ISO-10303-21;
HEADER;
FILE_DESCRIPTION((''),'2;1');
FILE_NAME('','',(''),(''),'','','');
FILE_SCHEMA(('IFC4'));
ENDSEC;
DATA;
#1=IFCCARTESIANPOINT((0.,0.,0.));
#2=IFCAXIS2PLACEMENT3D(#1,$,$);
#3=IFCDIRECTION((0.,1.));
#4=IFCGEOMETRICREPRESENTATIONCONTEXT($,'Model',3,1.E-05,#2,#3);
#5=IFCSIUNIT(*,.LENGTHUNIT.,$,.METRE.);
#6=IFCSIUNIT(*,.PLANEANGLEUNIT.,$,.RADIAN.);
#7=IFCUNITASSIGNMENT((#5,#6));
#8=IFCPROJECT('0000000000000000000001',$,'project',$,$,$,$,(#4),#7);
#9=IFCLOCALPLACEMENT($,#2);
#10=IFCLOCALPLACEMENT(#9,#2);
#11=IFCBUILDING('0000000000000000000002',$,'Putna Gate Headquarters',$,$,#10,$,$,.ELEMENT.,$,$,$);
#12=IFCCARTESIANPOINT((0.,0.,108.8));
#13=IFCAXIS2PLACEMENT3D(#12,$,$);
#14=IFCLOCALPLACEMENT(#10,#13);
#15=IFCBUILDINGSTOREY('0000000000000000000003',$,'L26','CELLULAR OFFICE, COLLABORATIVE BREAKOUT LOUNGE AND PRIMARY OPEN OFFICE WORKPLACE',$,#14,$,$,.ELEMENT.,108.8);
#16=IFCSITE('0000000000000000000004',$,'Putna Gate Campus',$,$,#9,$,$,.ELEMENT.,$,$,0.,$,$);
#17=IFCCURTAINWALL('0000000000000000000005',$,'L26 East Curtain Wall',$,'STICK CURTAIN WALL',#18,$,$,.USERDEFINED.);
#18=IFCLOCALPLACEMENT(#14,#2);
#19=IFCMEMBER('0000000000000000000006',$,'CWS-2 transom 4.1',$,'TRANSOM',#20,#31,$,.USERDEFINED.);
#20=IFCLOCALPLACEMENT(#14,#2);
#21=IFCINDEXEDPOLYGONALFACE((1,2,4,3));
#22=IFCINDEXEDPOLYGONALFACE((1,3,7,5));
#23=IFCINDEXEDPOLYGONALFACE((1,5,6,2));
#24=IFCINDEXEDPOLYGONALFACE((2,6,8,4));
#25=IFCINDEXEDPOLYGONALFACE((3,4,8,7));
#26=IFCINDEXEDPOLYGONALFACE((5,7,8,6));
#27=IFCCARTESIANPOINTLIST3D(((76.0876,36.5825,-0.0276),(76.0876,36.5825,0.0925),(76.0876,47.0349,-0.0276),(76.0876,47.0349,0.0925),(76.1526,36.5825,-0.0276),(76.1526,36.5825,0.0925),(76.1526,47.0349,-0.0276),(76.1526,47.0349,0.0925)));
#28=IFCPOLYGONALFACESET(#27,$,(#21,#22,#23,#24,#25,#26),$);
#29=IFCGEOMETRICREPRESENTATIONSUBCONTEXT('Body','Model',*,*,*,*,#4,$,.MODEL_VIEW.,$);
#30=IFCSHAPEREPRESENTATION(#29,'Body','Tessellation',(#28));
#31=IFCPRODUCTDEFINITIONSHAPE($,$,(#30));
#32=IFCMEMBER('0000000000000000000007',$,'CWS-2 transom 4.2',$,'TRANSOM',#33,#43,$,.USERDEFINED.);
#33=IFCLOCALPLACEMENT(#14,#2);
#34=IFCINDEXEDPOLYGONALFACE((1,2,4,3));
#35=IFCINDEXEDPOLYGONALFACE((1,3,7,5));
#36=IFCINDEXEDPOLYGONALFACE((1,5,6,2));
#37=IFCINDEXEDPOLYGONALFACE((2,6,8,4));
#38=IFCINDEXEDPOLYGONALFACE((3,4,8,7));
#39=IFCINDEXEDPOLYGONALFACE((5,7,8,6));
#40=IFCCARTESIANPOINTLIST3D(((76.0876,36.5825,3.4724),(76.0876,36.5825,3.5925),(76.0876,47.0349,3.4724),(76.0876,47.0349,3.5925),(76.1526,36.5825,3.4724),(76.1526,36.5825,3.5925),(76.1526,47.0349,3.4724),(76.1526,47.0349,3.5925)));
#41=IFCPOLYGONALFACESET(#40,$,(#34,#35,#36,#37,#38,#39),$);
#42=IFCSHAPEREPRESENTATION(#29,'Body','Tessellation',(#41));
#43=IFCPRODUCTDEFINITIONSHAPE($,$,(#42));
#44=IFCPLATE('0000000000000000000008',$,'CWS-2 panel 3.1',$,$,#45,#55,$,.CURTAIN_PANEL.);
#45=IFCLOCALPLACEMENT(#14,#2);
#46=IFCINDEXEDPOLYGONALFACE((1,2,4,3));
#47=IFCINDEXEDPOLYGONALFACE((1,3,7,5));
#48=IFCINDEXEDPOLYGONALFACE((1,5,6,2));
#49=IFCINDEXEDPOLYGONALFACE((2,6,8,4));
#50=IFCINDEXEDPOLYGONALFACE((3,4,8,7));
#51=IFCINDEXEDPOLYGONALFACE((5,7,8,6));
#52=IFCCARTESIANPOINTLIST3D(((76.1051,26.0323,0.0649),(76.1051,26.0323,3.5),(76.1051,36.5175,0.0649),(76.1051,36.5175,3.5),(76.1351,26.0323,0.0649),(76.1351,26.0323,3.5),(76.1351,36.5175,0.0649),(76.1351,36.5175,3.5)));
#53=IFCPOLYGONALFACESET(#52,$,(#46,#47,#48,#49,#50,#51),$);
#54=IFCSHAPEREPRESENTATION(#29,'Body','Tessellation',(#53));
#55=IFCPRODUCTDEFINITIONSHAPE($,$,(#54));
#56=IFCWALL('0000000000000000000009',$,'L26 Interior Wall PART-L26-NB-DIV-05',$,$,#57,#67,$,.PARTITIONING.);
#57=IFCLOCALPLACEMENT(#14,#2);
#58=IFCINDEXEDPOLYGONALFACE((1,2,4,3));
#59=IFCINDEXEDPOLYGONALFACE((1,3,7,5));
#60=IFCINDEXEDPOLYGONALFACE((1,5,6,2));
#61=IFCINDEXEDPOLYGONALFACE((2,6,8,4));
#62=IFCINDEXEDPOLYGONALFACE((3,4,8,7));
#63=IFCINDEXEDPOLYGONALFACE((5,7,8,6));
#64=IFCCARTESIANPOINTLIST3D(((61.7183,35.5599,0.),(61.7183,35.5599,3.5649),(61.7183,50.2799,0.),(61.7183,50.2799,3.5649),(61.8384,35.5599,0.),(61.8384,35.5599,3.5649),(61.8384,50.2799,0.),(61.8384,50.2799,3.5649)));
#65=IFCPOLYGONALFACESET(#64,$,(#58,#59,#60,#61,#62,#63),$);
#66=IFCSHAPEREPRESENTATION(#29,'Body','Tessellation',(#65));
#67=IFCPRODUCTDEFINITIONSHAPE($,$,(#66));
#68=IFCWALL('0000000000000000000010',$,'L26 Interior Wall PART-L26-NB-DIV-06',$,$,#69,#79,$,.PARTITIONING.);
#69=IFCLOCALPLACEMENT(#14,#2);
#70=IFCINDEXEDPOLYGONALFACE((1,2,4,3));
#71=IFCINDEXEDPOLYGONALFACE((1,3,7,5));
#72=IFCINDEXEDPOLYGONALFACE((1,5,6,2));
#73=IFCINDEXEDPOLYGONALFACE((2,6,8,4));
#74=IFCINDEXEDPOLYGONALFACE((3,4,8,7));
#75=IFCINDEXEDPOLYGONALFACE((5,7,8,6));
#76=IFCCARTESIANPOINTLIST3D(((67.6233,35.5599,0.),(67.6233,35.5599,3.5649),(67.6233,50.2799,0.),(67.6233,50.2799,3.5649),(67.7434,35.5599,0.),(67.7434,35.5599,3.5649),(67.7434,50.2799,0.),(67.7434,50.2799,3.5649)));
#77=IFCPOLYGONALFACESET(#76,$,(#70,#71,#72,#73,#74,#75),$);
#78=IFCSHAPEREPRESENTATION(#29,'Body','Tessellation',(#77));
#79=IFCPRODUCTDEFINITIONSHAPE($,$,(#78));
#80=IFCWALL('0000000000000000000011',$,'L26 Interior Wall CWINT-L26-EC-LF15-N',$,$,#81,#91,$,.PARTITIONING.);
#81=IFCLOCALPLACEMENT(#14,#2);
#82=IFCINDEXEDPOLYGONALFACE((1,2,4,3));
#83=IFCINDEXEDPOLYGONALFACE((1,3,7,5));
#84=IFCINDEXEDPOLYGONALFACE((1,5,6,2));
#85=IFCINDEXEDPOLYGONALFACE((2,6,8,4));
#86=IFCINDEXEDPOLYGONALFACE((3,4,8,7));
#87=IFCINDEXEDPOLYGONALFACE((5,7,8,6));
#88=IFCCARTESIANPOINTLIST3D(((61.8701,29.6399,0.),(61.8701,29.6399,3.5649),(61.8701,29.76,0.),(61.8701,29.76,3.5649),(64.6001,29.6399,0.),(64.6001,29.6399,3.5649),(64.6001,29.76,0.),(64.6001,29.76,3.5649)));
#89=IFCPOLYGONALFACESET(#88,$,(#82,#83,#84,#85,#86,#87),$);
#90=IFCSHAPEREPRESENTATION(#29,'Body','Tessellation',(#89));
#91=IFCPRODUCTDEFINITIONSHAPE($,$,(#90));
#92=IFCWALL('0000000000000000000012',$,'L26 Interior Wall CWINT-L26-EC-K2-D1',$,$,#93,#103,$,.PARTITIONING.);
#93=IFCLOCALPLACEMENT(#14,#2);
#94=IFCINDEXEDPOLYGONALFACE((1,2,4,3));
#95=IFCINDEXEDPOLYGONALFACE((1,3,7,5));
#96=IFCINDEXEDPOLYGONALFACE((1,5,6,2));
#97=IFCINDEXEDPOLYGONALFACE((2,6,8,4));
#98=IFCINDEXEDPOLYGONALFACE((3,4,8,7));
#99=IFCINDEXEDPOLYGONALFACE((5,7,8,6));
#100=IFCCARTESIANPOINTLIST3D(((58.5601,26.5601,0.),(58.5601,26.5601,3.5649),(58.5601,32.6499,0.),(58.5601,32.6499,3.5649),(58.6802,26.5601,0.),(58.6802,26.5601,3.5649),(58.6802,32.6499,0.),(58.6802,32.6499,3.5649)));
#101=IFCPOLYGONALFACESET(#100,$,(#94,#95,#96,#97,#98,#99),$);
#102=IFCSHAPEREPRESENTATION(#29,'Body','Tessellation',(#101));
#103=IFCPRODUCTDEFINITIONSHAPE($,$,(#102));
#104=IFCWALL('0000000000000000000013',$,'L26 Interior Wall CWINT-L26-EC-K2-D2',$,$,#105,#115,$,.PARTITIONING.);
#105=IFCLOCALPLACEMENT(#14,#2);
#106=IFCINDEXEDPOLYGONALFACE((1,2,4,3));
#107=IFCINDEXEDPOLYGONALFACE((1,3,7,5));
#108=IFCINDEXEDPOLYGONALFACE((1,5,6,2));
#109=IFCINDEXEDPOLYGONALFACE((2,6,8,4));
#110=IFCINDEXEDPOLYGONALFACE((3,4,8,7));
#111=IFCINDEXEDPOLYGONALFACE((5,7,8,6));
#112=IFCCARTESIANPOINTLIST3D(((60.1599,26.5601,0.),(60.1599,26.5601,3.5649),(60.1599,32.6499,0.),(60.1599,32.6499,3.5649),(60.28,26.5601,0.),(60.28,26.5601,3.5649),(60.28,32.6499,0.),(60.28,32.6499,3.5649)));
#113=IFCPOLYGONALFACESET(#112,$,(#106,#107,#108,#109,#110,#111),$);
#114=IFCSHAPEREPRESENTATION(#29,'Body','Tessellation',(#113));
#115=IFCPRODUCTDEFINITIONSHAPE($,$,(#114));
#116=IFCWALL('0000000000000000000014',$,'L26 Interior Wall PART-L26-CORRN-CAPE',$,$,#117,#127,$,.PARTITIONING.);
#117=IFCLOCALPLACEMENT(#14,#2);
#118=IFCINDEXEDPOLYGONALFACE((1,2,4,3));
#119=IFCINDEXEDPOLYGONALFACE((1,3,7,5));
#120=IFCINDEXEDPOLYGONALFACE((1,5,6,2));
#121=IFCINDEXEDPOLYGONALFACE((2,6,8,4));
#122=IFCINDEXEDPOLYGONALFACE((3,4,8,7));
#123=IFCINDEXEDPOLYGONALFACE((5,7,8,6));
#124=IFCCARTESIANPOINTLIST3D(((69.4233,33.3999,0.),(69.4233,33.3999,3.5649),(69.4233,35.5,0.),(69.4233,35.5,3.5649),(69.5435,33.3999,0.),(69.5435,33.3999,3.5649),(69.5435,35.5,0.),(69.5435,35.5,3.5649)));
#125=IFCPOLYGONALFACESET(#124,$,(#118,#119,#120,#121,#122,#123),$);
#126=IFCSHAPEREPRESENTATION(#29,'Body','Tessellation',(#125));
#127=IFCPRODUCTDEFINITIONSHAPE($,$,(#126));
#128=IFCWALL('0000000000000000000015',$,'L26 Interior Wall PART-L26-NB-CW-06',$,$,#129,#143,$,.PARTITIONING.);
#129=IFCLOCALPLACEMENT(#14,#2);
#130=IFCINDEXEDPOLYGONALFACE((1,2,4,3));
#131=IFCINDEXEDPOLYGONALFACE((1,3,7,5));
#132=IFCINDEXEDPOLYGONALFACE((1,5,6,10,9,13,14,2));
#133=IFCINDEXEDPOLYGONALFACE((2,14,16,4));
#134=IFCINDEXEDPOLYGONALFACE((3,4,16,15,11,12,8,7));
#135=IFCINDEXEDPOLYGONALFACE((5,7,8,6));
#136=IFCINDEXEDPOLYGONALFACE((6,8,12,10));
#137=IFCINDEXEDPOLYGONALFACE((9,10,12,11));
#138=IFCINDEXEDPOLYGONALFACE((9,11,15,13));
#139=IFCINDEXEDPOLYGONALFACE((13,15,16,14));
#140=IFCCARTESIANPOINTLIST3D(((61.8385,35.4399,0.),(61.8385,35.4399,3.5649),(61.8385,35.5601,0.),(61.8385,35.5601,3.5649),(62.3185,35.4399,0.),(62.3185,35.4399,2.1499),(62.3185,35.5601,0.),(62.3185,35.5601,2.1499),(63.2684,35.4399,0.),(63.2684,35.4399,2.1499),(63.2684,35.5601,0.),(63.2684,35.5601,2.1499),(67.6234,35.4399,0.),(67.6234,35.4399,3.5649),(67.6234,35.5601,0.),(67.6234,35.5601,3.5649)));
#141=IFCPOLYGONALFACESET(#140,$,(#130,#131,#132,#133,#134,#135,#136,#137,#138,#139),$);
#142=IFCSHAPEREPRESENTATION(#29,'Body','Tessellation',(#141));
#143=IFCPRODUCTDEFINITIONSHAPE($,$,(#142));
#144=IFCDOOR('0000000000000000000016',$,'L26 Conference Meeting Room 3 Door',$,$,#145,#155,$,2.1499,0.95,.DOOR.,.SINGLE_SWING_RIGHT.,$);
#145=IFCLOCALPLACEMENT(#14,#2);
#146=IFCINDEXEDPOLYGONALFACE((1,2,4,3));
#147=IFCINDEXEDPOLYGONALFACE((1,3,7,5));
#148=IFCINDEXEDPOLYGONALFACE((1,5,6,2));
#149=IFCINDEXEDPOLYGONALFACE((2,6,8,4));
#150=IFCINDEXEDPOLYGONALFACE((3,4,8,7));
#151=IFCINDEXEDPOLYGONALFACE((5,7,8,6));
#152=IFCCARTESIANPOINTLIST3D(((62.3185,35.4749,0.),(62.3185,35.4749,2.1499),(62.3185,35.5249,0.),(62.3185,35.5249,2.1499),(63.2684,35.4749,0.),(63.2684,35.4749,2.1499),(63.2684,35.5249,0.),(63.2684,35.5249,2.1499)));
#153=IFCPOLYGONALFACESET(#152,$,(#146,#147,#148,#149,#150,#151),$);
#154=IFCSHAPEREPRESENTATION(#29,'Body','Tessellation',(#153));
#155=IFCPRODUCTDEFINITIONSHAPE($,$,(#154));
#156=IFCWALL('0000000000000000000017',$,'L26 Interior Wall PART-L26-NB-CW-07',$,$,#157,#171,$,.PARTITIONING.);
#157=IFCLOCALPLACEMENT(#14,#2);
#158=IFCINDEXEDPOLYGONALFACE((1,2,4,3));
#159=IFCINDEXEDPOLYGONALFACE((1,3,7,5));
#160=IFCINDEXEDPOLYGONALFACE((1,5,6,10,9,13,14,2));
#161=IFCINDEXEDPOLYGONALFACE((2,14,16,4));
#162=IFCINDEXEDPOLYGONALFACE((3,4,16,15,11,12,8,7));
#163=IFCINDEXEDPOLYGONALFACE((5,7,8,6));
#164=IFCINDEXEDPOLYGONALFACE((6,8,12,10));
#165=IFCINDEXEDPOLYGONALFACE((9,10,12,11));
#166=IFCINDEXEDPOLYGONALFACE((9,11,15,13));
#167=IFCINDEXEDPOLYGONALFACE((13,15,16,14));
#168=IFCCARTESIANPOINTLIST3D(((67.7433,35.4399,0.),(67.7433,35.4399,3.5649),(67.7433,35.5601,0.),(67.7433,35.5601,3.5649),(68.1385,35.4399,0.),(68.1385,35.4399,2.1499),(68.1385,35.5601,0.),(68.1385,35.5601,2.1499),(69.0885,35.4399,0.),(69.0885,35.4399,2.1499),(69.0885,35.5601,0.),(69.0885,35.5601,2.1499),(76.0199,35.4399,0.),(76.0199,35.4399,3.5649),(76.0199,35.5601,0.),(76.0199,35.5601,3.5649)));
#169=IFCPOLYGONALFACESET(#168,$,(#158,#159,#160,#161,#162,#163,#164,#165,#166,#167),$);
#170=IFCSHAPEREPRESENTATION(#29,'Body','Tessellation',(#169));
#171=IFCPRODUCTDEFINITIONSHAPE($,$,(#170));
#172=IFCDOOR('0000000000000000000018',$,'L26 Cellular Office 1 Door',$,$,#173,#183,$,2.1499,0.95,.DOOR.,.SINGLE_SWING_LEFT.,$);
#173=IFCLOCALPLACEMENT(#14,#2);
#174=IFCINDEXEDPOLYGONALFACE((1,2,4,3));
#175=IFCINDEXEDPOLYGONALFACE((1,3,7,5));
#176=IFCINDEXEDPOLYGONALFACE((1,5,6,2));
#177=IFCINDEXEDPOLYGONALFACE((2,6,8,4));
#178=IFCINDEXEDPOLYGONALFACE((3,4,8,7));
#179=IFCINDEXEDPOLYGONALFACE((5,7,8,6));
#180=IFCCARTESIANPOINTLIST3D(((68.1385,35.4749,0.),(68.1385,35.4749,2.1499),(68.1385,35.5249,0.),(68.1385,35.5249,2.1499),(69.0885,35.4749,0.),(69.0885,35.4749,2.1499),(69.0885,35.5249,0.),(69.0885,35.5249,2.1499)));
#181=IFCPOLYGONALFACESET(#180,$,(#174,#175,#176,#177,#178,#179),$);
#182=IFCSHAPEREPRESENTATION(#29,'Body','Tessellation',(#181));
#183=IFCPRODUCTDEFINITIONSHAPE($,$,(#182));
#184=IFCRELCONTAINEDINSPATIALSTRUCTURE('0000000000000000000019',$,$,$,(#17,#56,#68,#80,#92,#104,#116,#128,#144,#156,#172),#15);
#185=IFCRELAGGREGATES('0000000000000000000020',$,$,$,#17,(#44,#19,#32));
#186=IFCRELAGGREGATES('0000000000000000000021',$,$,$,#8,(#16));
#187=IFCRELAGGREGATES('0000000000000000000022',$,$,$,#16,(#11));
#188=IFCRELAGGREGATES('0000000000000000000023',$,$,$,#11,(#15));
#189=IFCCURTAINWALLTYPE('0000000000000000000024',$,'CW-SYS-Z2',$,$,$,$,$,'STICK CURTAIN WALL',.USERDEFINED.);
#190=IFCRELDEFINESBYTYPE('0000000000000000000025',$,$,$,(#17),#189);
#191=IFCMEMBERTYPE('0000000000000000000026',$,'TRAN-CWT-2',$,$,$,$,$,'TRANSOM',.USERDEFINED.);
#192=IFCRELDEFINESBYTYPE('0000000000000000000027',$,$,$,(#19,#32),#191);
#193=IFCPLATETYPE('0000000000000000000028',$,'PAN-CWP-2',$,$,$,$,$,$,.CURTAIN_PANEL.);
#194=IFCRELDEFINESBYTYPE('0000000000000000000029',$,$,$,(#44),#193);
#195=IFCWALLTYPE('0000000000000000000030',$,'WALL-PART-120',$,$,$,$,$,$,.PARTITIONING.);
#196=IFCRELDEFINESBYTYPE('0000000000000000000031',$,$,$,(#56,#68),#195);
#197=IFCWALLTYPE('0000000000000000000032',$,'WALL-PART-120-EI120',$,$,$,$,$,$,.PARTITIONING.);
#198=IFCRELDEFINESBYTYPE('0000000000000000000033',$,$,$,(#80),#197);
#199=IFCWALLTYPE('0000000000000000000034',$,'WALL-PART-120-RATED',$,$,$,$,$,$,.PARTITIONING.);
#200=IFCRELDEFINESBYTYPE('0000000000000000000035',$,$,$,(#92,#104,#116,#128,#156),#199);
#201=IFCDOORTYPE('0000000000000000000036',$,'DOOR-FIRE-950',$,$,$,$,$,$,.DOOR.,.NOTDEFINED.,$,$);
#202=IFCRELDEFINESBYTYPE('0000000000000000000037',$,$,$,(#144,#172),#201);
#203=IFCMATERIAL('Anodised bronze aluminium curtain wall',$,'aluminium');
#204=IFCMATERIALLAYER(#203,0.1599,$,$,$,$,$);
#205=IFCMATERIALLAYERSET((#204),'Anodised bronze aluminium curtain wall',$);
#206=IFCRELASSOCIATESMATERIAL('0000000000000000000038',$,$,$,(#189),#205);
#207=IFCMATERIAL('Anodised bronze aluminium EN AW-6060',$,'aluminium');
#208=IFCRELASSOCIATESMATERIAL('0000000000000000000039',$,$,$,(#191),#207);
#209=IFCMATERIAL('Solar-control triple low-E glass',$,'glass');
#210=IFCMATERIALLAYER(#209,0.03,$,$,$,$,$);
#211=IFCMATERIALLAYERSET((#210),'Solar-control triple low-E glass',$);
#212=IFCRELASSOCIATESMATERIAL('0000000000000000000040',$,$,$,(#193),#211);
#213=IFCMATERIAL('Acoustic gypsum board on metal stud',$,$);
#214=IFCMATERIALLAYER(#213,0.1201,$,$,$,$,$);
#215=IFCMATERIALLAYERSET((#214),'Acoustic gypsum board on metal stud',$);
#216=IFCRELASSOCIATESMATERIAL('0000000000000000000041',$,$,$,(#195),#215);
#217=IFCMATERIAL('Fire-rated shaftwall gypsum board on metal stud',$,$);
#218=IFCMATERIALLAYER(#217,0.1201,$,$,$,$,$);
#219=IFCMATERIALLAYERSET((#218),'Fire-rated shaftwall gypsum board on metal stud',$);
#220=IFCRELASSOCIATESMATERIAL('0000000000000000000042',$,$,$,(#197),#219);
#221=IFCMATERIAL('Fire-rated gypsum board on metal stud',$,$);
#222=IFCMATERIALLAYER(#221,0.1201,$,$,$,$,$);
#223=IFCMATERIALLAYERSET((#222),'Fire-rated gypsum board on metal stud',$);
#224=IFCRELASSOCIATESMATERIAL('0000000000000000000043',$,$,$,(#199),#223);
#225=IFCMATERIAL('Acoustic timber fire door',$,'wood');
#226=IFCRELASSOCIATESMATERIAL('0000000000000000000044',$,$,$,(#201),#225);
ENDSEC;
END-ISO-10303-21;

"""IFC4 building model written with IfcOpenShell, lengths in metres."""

from ifc_helpers import new_model, si_unit, direction, frame, frame_2d, origin, origin_2d, place, context, subcontext, project, spatial, rectangle, extrude, material, layer, layer_set, material_profile, profile_set, type_object, element, fill, aggregate, save


model = new_model("IFC4")

# Units and contexts
model_context = context("Model", 3, precision=1e-05, world=origin(), true_north=direction((0.0, 1.0)))
body_context = subcontext(model_context, "Body", "Model", "MODEL_VIEW")
ifc_project = project(units=[si_unit("LENGTHUNIT", "METRE"), si_unit("PLANEANGLEUNIT", "RADIAN")], contexts=[model_context])

# Site, building, storey
site_placement = place(None, origin())
site = spatial("IfcSite", under=ifc_project, at=site_placement, Name="Putna Gate Campus", CompositionType="ELEMENT", RefElevation=0.0)
building_placement = place(site_placement, origin())
building = spatial("IfcBuilding", under=site, at=building_placement, Name="Putna Gate Headquarters", CompositionType="ELEMENT")
storey_placement = place(building_placement, frame((0.0, 0.0, 108.8)))
storey = spatial("IfcBuildingStorey", under=building, at=storey_placement, Name="L26", Description="CELLULAR OFFICE, COLLABORATIVE BREAKOUT LOUNGE AND PRIMARY OPEN OFFICE WORKPLACE", CompositionType="ELEMENT", Elevation=108.8)

# Curtain wall, members, plate
ifc_material_1 = material(Name="Anodised bronze aluminium curtain wall", Category="aluminium")
ifc_layer_1 = layer(ifc_material_1, 0.1599)
ifc_layer_set_1 = layer_set([ifc_layer_1], Name="Anodised bronze aluminium curtain wall")
curtain_wall_type = type_object("IfcCurtainWallType", Name="CW-SYS-Z2", ElementType="STICK CURTAIN WALL", PredefinedType="USERDEFINED", material=ifc_layer_set_1)
curtain_wall_placement = place(storey_placement, origin())
curtain_wall = element("IfcCurtainWall", 1, at=curtain_wall_placement, inside=storey, type_object=curtain_wall_type, Name="L26 East Curtain Wall", ObjectType="STICK CURTAIN WALL", PredefinedType="USERDEFINED")
ifc_material_2 = material(Name="Anodised bronze aluminium EN AW-6060", Category="aluminium")
ifc_material_profile_1 = material_profile(ifc_material_2, rectangle(XDim=0.0649, YDim=0.1201, at=origin_2d()), Name="Anodised bronze aluminium EN AW-6060")
ifc_profile_set_1 = profile_set([ifc_material_profile_1], Name="Anodised bronze aluminium EN AW-6060")
member_type_1 = type_object("IfcMemberType", Name="TRAN-CWT-2", ElementType="TRANSOM", PredefinedType="USERDEFINED", material=ifc_profile_set_1)
member_1_placement = place(storey_placement, frame((76.1201, 36.5825, 0.0325), z_axis=(0.0, 1.0, 0.0), x_axis=(-1.0, 0.0, 0.0)))
member_1 = element("IfcMember", 2, at=member_1_placement, type_object=member_type_1, Name="CWS-2 transom 4.1", ObjectType="TRANSOM", PredefinedType="USERDEFINED", context=body_context, shape_type="SweptSolid", body=[
    extrude(rectangle(XDim=0.0649, YDim=0.1201, at=origin_2d()), origin(), (0.0, 0.0, 1.0), 10.4524),
])
member_2_placement = place(storey_placement, frame((76.1201, 36.5825, 3.5325), z_axis=(0.0, 1.0, 0.0), x_axis=(-1.0, 0.0, 0.0)))
member_2 = element("IfcMember", 3, at=member_2_placement, type_object=member_type_1, Name="CWS-2 transom 4.2", ObjectType="TRANSOM", PredefinedType="USERDEFINED", context=body_context, shape_type="SweptSolid", body=[
    extrude(rectangle(XDim=0.0649, YDim=0.1201, at=origin_2d()), origin(), (0.0, 0.0, 1.0), 10.4524),
])
ifc_material_3 = material(Name="Solar-control triple low-E glass", Category="glass")
ifc_layer_2 = layer(ifc_material_3, 0.03)
ifc_layer_set_2 = layer_set([ifc_layer_2], Name="Solar-control triple low-E glass")
plate_type = type_object("IfcPlateType", Name="PAN-CWP-2", PredefinedType="CURTAIN_PANEL", material=ifc_layer_set_2)
plate_placement = place(storey_placement, frame((76.1201, 31.2749, 0.0649), z_axis=(0.0, 0.0, 1.0), x_axis=(0.0, 1.0, 0.0)))
plate = element("IfcPlate", 4, at=plate_placement, type_object=plate_type, Name="CWS-2 panel 3.1", PredefinedType="CURTAIN_PANEL", context=body_context, shape_type="SweptSolid", body=[
    extrude(rectangle(XDim=10.4851, YDim=0.03, at=origin_2d()), origin(), (0.0, 0.0, 1.0), 3.4351),
])
aggregate(curtain_wall, [plate, member_1, member_2])

# Walls
ifc_material_4 = material(Name="Acoustic gypsum board on metal stud")
ifc_layer_3 = layer(ifc_material_4, 0.1201)
ifc_layer_set_3 = layer_set([ifc_layer_3], Name="Acoustic gypsum board on metal stud")
wall_type_1 = type_object("IfcWallType", Name="WALL-PART-120", PredefinedType="PARTITIONING", material=ifc_layer_set_3)
for number, where, z_axis, x_axis, name in (
    (5, (61.7783, 35.5601, 0.0), (0.0, 0.0, 1.0), (0.0, 1.0, 0.0), "L26 Interior Wall PART-L26-NB-DIV-05"),
    (6, (67.6833, 35.5601, 0.0), (0.0, 0.0, 1.0), (0.0, 1.0, 0.0), "L26 Interior Wall PART-L26-NB-DIV-06"),
):
    element("IfcWall", number, at=place(storey_placement, frame(where, z_axis=z_axis, x_axis=x_axis)), inside=storey, type_object=wall_type_1, Name=name, PredefinedType="PARTITIONING", context=body_context, shape_type="SweptSolid", body=[
        extrude(rectangle(XDim=14.72, YDim=0.1201, at=frame_2d((7.3599, 0.0))), origin(), (0.0, 0.0, 1.0), 3.5649),
    ])
ifc_material_5 = material(Name="Fire-rated shaftwall gypsum board on metal stud")
ifc_layer_4 = layer(ifc_material_5, 0.1201)
ifc_layer_set_4 = layer_set([ifc_layer_4], Name="Fire-rated shaftwall gypsum board on metal stud")
wall_type_2 = type_object("IfcWallType", Name="WALL-PART-120-EI120", PredefinedType="PARTITIONING", material=ifc_layer_set_4)
wall_1_placement = place(storey_placement, frame((61.8701, 29.7, 0.0), z_axis=(0.0, 0.0, 1.0), x_axis=(1.0, 0.0, 0.0)))
element("IfcWall", 7, at=wall_1_placement, inside=storey, type_object=wall_type_2, Name="L26 Interior Wall CWINT-L26-EC-LF15-N", PredefinedType="PARTITIONING", context=body_context, shape_type="SweptSolid", body=[
    extrude(rectangle(XDim=2.73, YDim=0.1201, at=frame_2d((1.365, 0.0))), origin(), (0.0, 0.0, 1.0), 3.5649),
])
ifc_material_6 = material(Name="Fire-rated gypsum board on metal stud")
ifc_layer_5 = layer(ifc_material_6, 0.1201)
ifc_layer_set_5 = layer_set([ifc_layer_5], Name="Fire-rated gypsum board on metal stud")
wall_type_3 = type_object("IfcWallType", Name="WALL-PART-120-RATED", PredefinedType="PARTITIONING", material=ifc_layer_set_5)
for number, where, z_axis, x_axis, name in (
    (8, (58.6201, 26.5601, 0.0), (0.0, 0.0, 1.0), (0.0, 1.0, 0.0), "L26 Interior Wall CWINT-L26-EC-K2-D1"),
    (9, (60.22, 26.5601, 0.0), (0.0, 0.0, 1.0), (0.0, 1.0, 0.0), "L26 Interior Wall CWINT-L26-EC-K2-D2"),
):
    element("IfcWall", number, at=place(storey_placement, frame(where, z_axis=z_axis, x_axis=x_axis)), inside=storey, type_object=wall_type_3, Name=name, PredefinedType="PARTITIONING", context=body_context, shape_type="SweptSolid", body=[
        extrude(rectangle(XDim=6.0898, YDim=0.1201, at=frame_2d((3.0449, 0.0))), origin(), (0.0, 0.0, 1.0), 3.5649),
    ])
wall_2_placement = place(storey_placement, frame((69.4834, 33.3999, 0.0), z_axis=(0.0, 0.0, 1.0), x_axis=(0.0, 1.0, 0.0)))
element("IfcWall", 10, at=wall_2_placement, inside=storey, type_object=wall_type_3, Name="L26 Interior Wall PART-L26-CORRN-CAPE", PredefinedType="PARTITIONING", context=body_context, shape_type="SweptSolid", body=[
    extrude(rectangle(XDim=2.1001, YDim=0.1201, at=frame_2d((1.05, 0.0))), origin(), (0.0, 0.0, 1.0), 3.5649),
])

# Walls, openings, doors
wall_3_placement = place(storey_placement, frame((61.8384, 35.5, 0.0), z_axis=(0.0, 0.0, 1.0), x_axis=(1.0, 0.0, 0.0)))
wall_3 = element("IfcWall", 11, at=wall_3_placement, inside=storey, type_object=wall_type_3, Name="L26 Interior Wall PART-L26-NB-CW-06", PredefinedType="PARTITIONING", context=body_context, shape_type="SweptSolid", body=[
    extrude(rectangle(XDim=5.7849, YDim=0.1201, at=frame_2d((2.8926, 0.0))), origin(), (0.0, 0.0, 1.0), 3.5649),
])
opening_1_placement = place(wall_3_placement, frame((0.48, 0.0, 0.0)))
opening_1 = element("IfcOpeningElement", 12, at=opening_1_placement, cuts=wall_3, PredefinedType="OPENING", context=body_context, shape_type="SweptSolid", body=[
    extrude(rectangle(XDim=0.95, YDim=2.1499, at=frame_2d((0.4751, 1.075))), frame((0.0, 0.0701, 0.0), z_axis=(0.0, -1.0, 0.0), x_axis=(1.0, 0.0, 0.0)), (0.0, 0.0, 1.0), 0.1401),
])
ifc_material_7 = material(Name="Acoustic timber fire door", Category="wood")
door_type = type_object("IfcDoorType", Name="DOOR-FIRE-950", OperationType="NOTDEFINED", PredefinedType="DOOR", material=ifc_material_7)
door_1_placement = place(opening_1_placement, origin())
door_1 = element("IfcDoor", 13, at=door_1_placement, inside=storey, type_object=door_type, Name="L26 Conference Meeting Room 3 Door", OperationType="SINGLE_SWING_RIGHT", OverallHeight=2.1499, OverallWidth=0.95, PredefinedType="DOOR", context=body_context, shape_type="SweptSolid", body=[
    extrude(rectangle(XDim=0.95, YDim=2.1499, at=frame_2d((0.4751, 1.075))), frame((0.0, 0.0249, 0.0), z_axis=(0.0, -1.0, 0.0), x_axis=(1.0, 0.0, 0.0)), (0.0, 0.0, 1.0), 0.05),
])
fill(opening_1, door_1)
wall_4_placement = place(storey_placement, frame((67.7434, 35.5, 0.0), z_axis=(0.0, 0.0, 1.0), x_axis=(1.0, 0.0, 0.0)))
wall_4 = element("IfcWall", 14, at=wall_4_placement, inside=storey, type_object=wall_type_3, Name="L26 Interior Wall PART-L26-NB-CW-07", PredefinedType="PARTITIONING", context=body_context, shape_type="SweptSolid", body=[
    extrude(rectangle(XDim=8.2766, YDim=0.1201, at=frame_2d((4.1382, 0.0))), origin(), (0.0, 0.0, 1.0), 3.5649),
])
opening_2_placement = place(wall_4_placement, frame((0.395, 0.0, 0.0)))
opening_2 = element("IfcOpeningElement", 15, at=opening_2_placement, cuts=wall_4, PredefinedType="OPENING", context=body_context, shape_type="SweptSolid", body=[
    extrude(rectangle(XDim=0.95, YDim=2.1499, at=frame_2d((0.4751, 1.075))), frame((0.0, 0.0701, 0.0), z_axis=(0.0, -1.0, 0.0), x_axis=(1.0, 0.0, 0.0)), (0.0, 0.0, 1.0), 0.1401),
])
door_2_placement = place(opening_2_placement, origin())
door_2 = element("IfcDoor", 16, at=door_2_placement, inside=storey, type_object=door_type, Name="L26 Cellular Office 1 Door", OperationType="SINGLE_SWING_LEFT", OverallHeight=2.1499, OverallWidth=0.95, PredefinedType="DOOR", context=body_context, shape_type="SweptSolid", body=[
    extrude(rectangle(XDim=0.95, YDim=2.1499, at=frame_2d((0.4751, 1.075))), frame((0.0, 0.0249, 0.0), z_axis=(0.0, -1.0, 0.0), x_axis=(1.0, 0.0, 0.0)), (0.0, 0.0, 1.0), 0.05),
])
fill(opening_2, door_2)

save(model, "model.ifc")
